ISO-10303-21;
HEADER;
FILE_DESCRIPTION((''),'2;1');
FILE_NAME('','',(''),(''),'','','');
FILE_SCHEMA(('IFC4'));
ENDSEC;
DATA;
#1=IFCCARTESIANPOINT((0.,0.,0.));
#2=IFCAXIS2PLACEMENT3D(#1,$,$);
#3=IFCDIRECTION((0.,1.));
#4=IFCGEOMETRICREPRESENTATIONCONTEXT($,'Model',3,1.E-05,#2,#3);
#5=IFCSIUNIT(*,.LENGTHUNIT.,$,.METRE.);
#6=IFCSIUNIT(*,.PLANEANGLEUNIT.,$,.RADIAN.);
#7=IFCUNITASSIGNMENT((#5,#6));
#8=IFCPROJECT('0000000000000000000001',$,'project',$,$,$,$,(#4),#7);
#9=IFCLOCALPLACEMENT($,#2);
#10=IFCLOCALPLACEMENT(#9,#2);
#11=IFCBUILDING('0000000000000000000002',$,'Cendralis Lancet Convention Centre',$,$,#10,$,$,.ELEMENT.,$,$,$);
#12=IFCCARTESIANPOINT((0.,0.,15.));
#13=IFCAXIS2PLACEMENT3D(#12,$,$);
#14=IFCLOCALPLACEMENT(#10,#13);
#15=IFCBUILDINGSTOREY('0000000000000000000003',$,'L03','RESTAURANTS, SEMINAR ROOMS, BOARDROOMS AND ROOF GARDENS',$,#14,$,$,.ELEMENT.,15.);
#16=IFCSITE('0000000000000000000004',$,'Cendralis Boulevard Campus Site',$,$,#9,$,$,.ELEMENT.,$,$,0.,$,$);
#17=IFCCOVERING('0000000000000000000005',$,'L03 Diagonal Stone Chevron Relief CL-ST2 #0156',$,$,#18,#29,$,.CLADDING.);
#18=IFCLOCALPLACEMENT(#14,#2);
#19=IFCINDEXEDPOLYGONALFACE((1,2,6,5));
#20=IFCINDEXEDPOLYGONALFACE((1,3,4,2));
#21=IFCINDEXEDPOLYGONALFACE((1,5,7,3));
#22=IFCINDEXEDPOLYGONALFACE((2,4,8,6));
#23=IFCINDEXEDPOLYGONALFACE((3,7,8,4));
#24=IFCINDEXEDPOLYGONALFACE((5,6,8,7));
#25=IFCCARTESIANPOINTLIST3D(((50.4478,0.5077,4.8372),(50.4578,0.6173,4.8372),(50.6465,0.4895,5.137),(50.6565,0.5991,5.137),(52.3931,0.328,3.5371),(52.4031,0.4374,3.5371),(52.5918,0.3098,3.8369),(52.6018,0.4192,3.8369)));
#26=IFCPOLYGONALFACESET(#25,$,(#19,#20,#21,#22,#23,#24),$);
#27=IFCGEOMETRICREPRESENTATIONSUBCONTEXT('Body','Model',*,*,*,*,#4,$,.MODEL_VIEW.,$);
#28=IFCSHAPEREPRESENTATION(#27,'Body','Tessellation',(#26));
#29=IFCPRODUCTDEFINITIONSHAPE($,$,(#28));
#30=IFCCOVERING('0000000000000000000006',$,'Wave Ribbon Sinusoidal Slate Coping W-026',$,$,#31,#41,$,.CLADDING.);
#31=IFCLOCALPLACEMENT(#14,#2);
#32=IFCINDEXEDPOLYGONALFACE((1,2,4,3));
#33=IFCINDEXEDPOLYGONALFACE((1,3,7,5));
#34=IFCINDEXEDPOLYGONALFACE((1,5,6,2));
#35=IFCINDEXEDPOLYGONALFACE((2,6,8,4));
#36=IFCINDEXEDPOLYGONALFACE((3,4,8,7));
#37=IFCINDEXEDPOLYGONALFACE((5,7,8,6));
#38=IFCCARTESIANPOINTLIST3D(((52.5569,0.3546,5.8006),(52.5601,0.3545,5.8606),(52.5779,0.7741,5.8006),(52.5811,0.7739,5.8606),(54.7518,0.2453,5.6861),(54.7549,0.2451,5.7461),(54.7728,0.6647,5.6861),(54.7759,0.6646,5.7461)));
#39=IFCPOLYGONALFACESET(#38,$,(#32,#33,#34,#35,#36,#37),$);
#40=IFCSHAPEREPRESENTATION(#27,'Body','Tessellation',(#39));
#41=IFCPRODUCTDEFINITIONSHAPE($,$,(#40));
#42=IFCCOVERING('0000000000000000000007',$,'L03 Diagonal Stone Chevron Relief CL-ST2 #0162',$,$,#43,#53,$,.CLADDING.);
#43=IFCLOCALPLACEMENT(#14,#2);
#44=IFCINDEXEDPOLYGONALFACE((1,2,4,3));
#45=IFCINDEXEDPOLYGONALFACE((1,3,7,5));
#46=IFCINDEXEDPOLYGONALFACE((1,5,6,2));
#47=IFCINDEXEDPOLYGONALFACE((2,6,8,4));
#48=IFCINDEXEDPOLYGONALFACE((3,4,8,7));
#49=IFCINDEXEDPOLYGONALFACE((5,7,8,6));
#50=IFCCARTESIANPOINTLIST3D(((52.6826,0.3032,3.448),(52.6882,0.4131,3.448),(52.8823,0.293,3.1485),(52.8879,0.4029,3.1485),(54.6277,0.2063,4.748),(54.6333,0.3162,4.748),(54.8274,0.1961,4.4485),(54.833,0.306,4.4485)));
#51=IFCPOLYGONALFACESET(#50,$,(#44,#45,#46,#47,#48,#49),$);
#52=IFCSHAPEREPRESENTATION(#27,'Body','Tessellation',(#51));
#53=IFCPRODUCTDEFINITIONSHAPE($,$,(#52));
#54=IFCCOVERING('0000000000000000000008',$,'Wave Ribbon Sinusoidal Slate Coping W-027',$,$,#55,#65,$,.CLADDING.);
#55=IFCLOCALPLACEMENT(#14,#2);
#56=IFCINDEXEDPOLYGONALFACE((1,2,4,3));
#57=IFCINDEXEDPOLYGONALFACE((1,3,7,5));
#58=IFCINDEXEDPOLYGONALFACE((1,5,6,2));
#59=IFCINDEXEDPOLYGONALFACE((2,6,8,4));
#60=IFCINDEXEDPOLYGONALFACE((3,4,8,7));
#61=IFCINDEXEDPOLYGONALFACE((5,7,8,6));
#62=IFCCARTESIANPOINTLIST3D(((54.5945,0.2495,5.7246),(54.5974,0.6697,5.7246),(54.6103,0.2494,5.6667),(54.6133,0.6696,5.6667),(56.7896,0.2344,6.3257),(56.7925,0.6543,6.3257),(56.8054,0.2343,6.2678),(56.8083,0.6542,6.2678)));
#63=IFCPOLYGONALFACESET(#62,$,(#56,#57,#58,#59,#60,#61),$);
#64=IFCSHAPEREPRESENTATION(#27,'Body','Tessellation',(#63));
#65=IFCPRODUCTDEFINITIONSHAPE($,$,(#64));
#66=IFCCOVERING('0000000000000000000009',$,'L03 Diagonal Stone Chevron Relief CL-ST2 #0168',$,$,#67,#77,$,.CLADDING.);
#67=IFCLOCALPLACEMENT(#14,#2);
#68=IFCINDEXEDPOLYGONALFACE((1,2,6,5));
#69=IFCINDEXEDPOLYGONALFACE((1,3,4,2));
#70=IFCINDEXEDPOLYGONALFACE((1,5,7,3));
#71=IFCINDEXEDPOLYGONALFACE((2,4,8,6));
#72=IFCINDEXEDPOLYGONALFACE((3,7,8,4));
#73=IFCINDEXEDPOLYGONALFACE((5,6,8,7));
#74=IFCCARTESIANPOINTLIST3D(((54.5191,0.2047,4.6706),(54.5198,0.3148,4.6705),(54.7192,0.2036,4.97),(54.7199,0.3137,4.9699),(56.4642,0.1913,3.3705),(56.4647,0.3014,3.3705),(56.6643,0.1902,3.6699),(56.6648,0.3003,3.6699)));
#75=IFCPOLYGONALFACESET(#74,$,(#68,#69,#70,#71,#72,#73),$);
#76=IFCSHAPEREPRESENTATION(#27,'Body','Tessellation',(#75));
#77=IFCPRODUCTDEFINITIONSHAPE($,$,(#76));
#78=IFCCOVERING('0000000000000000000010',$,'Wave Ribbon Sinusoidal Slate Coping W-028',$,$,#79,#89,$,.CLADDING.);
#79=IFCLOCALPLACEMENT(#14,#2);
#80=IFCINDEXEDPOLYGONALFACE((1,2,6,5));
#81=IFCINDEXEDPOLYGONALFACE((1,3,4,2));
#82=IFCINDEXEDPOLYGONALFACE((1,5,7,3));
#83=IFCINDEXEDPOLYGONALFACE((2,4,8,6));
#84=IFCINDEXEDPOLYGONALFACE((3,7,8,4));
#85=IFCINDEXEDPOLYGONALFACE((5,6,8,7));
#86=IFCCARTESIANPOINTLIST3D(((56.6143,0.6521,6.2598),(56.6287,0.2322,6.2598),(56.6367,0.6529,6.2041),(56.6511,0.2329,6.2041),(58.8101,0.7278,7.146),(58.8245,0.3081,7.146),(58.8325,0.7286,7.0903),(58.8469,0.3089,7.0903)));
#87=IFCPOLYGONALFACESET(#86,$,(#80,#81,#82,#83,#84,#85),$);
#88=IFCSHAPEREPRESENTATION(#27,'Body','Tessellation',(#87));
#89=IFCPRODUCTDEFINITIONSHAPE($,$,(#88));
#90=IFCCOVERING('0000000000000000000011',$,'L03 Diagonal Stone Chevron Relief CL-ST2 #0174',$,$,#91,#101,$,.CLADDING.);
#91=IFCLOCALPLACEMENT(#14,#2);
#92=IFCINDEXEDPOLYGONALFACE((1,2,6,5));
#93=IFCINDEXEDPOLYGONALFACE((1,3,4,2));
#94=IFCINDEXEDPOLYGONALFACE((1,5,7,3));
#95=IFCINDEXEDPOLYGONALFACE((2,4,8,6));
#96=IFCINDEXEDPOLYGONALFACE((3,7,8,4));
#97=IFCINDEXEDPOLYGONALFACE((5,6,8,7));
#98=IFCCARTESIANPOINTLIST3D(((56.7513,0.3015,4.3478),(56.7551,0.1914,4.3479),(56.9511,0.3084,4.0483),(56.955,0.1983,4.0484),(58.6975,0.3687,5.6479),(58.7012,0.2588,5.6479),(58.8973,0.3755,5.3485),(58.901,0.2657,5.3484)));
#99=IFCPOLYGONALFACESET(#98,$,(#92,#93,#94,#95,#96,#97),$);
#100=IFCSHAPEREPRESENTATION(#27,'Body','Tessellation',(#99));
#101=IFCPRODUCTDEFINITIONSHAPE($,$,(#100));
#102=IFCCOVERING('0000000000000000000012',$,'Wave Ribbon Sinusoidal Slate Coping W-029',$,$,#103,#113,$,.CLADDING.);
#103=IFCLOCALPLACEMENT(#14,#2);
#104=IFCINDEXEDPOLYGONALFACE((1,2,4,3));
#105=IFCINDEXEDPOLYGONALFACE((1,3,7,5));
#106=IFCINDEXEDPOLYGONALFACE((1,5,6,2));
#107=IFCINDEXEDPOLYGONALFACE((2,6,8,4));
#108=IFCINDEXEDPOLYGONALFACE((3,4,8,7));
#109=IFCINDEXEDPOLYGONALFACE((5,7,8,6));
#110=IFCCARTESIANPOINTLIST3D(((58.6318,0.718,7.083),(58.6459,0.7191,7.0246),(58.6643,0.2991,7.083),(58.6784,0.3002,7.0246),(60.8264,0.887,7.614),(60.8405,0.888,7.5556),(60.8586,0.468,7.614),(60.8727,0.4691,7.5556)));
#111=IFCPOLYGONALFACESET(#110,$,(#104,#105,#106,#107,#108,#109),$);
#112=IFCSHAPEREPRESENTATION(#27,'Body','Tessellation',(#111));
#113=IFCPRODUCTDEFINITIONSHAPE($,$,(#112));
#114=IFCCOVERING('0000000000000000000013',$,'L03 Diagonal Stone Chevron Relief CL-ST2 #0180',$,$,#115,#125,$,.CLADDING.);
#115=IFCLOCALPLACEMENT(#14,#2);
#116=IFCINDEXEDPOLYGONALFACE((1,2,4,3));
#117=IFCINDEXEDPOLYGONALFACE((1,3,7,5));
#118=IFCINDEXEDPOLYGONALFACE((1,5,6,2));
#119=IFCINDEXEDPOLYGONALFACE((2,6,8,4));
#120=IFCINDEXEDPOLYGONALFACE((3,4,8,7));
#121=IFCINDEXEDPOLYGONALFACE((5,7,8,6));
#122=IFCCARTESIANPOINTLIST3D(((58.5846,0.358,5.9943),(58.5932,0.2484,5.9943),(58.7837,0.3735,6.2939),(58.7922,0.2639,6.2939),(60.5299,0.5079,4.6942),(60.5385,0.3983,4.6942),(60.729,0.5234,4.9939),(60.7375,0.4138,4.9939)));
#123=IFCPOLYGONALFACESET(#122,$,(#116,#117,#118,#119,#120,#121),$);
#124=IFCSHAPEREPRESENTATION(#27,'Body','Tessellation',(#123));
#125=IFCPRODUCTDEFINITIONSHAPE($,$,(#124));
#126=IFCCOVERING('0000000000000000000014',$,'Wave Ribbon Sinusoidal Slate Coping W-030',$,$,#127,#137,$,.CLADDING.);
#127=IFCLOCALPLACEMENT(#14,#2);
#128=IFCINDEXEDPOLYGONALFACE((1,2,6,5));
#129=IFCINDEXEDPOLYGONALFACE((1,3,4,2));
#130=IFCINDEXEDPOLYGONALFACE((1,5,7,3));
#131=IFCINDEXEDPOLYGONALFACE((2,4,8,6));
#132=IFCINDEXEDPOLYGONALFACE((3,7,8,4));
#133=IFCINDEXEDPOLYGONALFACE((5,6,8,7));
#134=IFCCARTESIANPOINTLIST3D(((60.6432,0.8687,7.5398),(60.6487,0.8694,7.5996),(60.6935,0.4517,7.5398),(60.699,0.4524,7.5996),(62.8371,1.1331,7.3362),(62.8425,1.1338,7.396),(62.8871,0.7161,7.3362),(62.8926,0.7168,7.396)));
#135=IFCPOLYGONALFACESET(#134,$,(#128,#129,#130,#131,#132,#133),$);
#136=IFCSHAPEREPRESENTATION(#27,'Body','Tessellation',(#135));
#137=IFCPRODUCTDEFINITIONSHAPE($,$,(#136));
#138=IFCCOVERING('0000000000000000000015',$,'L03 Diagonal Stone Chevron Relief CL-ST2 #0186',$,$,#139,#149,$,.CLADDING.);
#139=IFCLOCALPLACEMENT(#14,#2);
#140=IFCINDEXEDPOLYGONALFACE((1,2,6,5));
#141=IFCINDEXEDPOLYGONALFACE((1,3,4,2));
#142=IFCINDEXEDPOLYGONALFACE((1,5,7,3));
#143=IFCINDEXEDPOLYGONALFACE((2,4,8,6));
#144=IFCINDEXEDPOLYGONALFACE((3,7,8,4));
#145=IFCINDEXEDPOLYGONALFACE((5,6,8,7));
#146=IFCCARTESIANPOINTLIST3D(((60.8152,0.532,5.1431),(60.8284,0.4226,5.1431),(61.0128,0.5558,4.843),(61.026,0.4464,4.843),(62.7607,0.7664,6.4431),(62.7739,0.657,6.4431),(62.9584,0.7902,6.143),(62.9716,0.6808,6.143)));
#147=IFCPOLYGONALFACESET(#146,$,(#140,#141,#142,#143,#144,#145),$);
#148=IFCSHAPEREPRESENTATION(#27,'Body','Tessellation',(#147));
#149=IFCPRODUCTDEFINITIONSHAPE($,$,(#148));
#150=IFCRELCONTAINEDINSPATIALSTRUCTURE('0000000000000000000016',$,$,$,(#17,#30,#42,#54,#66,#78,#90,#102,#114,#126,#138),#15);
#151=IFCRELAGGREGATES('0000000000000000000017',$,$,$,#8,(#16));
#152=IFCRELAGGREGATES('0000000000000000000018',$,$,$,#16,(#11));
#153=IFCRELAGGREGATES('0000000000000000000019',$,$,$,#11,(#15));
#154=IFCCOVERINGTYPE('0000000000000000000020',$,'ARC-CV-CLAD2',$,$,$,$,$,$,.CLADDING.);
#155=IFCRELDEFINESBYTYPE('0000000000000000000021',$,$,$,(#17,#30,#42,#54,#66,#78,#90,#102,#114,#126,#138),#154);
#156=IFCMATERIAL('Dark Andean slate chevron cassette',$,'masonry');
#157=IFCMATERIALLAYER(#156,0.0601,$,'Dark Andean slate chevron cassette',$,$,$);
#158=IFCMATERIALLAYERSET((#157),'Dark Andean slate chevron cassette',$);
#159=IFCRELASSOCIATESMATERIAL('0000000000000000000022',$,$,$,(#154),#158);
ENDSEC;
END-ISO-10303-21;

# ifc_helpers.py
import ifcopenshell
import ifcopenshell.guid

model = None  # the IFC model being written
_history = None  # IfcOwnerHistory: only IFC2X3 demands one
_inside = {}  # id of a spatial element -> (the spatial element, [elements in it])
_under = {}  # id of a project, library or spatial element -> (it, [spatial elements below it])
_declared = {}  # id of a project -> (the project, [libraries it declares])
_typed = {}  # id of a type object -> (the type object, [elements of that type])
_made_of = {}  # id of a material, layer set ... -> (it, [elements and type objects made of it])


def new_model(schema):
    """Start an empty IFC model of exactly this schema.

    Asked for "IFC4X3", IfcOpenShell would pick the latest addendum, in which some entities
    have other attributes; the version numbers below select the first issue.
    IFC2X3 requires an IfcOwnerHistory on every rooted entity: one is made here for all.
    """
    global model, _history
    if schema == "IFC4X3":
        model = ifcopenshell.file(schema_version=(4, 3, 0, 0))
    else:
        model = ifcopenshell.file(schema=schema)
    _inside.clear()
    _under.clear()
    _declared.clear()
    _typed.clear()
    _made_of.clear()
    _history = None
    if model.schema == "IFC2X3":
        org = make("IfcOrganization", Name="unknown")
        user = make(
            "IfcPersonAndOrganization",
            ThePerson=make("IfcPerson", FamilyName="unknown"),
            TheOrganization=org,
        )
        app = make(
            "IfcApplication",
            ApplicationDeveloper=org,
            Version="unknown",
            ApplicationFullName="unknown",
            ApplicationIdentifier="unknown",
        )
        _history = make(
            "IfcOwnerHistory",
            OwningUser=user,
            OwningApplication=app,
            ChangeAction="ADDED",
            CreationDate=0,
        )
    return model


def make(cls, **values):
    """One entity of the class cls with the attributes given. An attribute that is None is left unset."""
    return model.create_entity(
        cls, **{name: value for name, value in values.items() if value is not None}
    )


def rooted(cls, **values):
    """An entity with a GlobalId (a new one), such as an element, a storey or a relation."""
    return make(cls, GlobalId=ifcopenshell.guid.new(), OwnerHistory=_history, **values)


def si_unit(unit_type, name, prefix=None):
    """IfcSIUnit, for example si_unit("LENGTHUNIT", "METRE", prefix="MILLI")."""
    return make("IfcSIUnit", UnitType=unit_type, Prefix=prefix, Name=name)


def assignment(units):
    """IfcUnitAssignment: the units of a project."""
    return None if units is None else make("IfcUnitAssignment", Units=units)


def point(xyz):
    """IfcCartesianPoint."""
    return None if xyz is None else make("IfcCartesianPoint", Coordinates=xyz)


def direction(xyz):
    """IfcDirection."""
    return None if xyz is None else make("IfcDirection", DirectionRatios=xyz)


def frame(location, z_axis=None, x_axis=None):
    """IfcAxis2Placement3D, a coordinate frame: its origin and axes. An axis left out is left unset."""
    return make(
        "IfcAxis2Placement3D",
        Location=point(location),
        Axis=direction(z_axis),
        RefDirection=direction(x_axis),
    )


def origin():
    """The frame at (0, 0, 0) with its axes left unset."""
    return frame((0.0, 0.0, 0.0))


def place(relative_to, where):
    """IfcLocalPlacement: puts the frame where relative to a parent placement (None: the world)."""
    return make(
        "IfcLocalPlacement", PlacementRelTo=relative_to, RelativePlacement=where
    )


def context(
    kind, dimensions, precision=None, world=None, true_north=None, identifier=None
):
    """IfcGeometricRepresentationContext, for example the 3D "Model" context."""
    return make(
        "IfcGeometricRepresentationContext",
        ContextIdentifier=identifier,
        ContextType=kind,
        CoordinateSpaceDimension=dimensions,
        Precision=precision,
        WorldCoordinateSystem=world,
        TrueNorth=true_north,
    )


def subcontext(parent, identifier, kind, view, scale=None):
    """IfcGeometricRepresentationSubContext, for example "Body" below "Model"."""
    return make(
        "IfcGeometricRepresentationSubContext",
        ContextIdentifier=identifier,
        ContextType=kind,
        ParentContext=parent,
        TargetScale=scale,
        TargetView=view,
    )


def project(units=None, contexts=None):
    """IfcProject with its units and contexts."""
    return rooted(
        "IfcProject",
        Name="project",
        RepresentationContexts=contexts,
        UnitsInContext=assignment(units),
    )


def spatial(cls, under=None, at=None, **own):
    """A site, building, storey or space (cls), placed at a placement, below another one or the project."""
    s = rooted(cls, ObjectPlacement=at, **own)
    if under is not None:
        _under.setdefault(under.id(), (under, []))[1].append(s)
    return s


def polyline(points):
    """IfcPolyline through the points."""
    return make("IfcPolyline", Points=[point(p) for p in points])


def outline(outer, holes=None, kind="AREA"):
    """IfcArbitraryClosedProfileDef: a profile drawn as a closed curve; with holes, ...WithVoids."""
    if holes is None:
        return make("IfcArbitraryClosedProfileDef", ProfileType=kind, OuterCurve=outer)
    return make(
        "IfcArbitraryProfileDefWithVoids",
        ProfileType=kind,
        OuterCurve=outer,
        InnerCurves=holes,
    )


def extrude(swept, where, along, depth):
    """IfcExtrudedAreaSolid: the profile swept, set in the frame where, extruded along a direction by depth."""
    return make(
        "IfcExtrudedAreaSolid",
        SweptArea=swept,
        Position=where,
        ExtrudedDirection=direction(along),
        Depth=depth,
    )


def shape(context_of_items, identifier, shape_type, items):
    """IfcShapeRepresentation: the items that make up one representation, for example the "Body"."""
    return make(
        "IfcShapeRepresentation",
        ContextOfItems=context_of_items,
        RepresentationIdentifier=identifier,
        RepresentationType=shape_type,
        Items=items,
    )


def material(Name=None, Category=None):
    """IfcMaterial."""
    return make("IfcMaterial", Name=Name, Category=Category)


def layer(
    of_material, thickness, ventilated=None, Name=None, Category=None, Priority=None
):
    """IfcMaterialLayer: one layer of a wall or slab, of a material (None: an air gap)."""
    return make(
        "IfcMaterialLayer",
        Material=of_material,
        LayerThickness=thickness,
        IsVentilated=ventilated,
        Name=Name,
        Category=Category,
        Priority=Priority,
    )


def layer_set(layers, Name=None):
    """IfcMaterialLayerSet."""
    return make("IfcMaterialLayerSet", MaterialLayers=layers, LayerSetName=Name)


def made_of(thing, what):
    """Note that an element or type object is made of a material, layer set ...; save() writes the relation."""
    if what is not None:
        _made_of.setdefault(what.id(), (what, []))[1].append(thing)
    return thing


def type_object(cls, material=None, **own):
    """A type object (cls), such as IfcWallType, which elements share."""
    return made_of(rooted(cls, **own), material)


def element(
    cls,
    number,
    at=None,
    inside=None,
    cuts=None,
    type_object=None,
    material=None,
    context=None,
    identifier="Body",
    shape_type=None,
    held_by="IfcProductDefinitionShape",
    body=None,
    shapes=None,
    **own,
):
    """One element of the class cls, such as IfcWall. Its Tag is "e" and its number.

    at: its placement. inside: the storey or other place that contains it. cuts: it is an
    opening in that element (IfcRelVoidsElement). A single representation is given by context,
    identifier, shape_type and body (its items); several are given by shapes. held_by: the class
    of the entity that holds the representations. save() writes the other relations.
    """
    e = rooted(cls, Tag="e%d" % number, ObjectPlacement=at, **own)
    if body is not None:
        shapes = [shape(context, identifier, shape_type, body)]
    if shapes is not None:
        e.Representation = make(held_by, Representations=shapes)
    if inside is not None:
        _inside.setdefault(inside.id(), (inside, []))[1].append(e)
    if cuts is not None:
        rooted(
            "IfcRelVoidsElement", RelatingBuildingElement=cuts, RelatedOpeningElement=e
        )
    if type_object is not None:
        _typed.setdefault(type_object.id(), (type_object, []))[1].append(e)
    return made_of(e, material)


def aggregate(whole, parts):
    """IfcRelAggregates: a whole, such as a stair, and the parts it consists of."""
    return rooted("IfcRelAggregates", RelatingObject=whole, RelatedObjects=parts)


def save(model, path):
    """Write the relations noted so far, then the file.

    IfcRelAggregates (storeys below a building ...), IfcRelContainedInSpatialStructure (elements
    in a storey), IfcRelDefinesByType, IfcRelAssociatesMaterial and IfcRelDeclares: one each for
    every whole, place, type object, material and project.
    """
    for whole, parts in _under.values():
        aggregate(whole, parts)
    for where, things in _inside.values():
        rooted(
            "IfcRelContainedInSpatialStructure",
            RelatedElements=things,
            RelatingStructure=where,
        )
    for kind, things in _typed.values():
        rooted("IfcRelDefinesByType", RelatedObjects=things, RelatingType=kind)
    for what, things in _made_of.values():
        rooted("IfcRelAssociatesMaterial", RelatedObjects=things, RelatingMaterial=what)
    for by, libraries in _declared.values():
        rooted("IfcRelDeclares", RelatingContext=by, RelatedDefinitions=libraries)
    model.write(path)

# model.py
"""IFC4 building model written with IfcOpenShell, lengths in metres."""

from ifc_helpers import new_model, si_unit, direction, frame, origin, place, context, subcontext, project, spatial, polyline, outline, extrude, material, layer, layer_set, type_object, element, save


model = new_model("IFC4")

# Units and contexts
model_context = context("Model", 3, precision=1e-05, world=origin(), true_north=direction((0.0, 1.0)))
body_context = subcontext(model_context, "Body", "Model", "MODEL_VIEW")
ifc_project = project(units=[si_unit("LENGTHUNIT", "METRE"), si_unit("PLANEANGLEUNIT", "RADIAN")], contexts=[model_context])

# Site, building, storey
site_placement = place(None, origin())
site = spatial("IfcSite", under=ifc_project, at=site_placement, Name="Cendralis Boulevard Campus Site", CompositionType="ELEMENT", RefElevation=0.0)
building_placement = place(site_placement, origin())
building = spatial("IfcBuilding", under=site, at=building_placement, Name="Cendralis Lancet Convention Centre", CompositionType="ELEMENT")
storey_placement = place(building_placement, frame((0.0, 0.0, 15.0)))
storey = spatial("IfcBuildingStorey", under=building, at=storey_placement, Name="L03", Description="RESTAURANTS, SEMINAR ROOMS, BOARDROOMS AND ROOF GARDENS", CompositionType="ELEMENT", Elevation=15.0)

# Shared definitions
ifc_material_1 = material(Name="Dark Andean slate chevron cassette", Category="masonry")

# Coverings
ifc_layer_1 = layer(ifc_material_1, 0.0601, Name="Dark Andean slate chevron cassette")
ifc_layer_set_1 = layer_set([ifc_layer_1], Name="Dark Andean slate chevron cassette")
covering_type_1 = type_object("IfcCoveringType", Name="ARC-CV-CLAD2", PredefinedType="CLADDING", material=ifc_layer_set_1)
covering_1_placement = place(storey_placement, frame((50.6465, 0.4895, 5.137), z_axis=(0.551705, -0.050435, 0.832513), x_axis=(0.828984, -0.076573, -0.554005)))
element("IfcCovering", 1, at=covering_1_placement, inside=storey, type_object=covering_type_1, Name="L03 Diagonal Stone Chevron Relief CL-ST2 #0156", PredefinedType="CLADDING", context=body_context, shape_type="SweptSolid", body=[
    extrude(outline(polyline([(0.0, 0.0), (2.3466, 0.0), (2.3465, 0.1098), (-0.0001, 0.1101), (0.0, 0.0)])), origin(), (0.0, 0.0, -1.0), 0.3601),
])
covering_2_placement = place(storey_placement, frame((52.5601, 0.3545, 5.8606), z_axis=(0.051969, -0.002601, 0.998645), x_axis=(0.997408, -0.049704, -0.052034)))
element("IfcCovering", 2, at=covering_2_placement, inside=storey, type_object=covering_type_1, Name="Wave Ribbon Sinusoidal Slate Coping W-026", PredefinedType="CLADDING", context=body_context, shape_type="SweptSolid", body=[
    extrude(outline(polyline([(0.0, 0.0), (2.2005, 0.0), (2.2006, 0.42), (0.0001, 0.42), (0.0, 0.0)])), origin(), (0.0, 0.0, -1.0), 0.0601),
])
covering_3_placement = place(storey_placement, frame((52.6826, 0.3032, 3.448), z_axis=(-0.554487, 0.02834, 0.831709), x_axis=(0.830679, -0.041393, 0.555211)))
element("IfcCovering", 3, at=covering_3_placement, inside=storey, type_object=covering_type_1, Name="L03 Diagonal Stone Chevron Relief CL-ST2 #0162", PredefinedType="CLADDING", context=body_context, shape_type="SweptSolid", body=[
    extrude(outline(polyline([(0.0, 0.0), (2.3415, 0.0), (2.3417, 0.11), (0.0001, 0.11), (0.0, 0.0)])), origin(), (0.0, 0.0, -1.0), 0.3601),
])
covering_4_placement = place(storey_placement, frame((54.5945, 0.2495, 5.7246), z_axis=(-0.264094, 0.001842, 0.964495), x_axis=(0.964472, -0.006651, 0.264101)))
element("IfcCovering", 4, at=covering_4_placement, inside=storey, type_object=covering_type_1, Name="Wave Ribbon Sinusoidal Slate Coping W-027", PredefinedType="CLADDING", context=body_context, shape_type="SweptSolid", body=[
    extrude(outline(polyline([(0.0, 0.0), (2.2759, 0.0), (2.276, 0.4199), (0.0, 0.4202), (0.0, 0.0)])), origin(), (0.0, 0.0, -1.0), 0.0601),
])
covering_5_placement = place(storey_placement, frame((54.7192, 0.2036, 4.97), z_axis=(0.555694, -0.00308, 0.831381), x_axis=(0.831362, -0.005739, -0.555702)))
element("IfcCovering", 5, at=covering_5_placement, inside=storey, type_object=covering_type_1, Name="L03 Diagonal Stone Chevron Relief CL-ST2 #0168", PredefinedType="CLADDING", context=body_context, shape_type="SweptSolid", body=[
    extrude(outline(polyline([(0.0, 0.0), (2.3396, 0.0), (2.3393, 0.1101), (0.0, 0.1101), (0.0, 0.0)])), origin(), (0.0, 0.0, -1.0), 0.3601),
])
covering_6_placement = place(storey_placement, frame((56.6287, 0.2322, 6.2598), z_axis=(-0.373857, -0.012828, 0.927398), x_axis=(0.926844, 0.032049, 0.374077)))
element("IfcCovering", 6, at=covering_6_placement, inside=storey, type_object=covering_type_1, Name="Wave Ribbon Sinusoidal Slate Coping W-028", PredefinedType="CLADDING", context=body_context, shape_type="SweptSolid", body=[
    extrude(outline(polyline([(0.0, 0.0), (2.3691, 0.0), (2.3692, 0.4199), (0.0001, 0.4202), (0.0, 0.0)])), origin(), (0.0, 0.0, -1.0), 0.0601),
])
covering_7_placement = place(storey_placement, frame((56.7551, 0.1914, 4.3479), z_axis=(-0.554913, -0.019092, 0.831689), x_axis=(0.831191, 0.02878, 0.555241)))
element("IfcCovering", 7, at=covering_7_placement, inside=storey, type_object=covering_type_1, Name="L03 Diagonal Stone Chevron Relief CL-ST2 #0174", PredefinedType="CLADDING", context=body_context, shape_type="SweptSolid", body=[
    extrude(outline(polyline([(0.0, 0.0), (2.3413, 0.0), (2.3414, 0.1099), (-0.0001, 0.1102), (0.0, 0.0)])), origin(), (0.0, 0.0, -1.0), 0.3601),
])
covering_8_placement = place(storey_placement, frame((58.6643, 0.2991, 7.083), z_axis=(-0.233837, -0.018056, 0.972108), x_axis=(0.96924, 0.074623, 0.234533)))
element("IfcCovering", 8, at=covering_8_placement, inside=storey, type_object=covering_type_1, Name="Wave Ribbon Sinusoidal Slate Coping W-029", PredefinedType="CLADDING", context=body_context, shape_type="SweptSolid", body=[
    extrude(outline(polyline([(0.0, 0.0), (2.264, 0.0), (2.264, 0.4202), (-0.0002, 0.4202), (0.0, 0.0)])), origin(), (0.0, 0.0, -1.0), 0.0601),
])
covering_9_placement = place(storey_placement, frame((58.7922, 0.2639, 6.2939), z_axis=(0.552825, 0.043093, 0.832182), x_axis=(0.829723, 0.063937, -0.554502)))
element("IfcCovering", 9, at=covering_9_placement, inside=storey, type_object=covering_type_1, Name="L03 Diagonal Stone Chevron Relief CL-ST2 #0180", PredefinedType="CLADDING", context=body_context, shape_type="SweptSolid", body=[
    extrude(outline(polyline([(0.0, 0.0), (2.3445, 0.0), (2.3445, 0.11), (-0.0001, 0.11), (0.0, 0.0)])), origin(), (0.0, 0.0, -1.0), 0.3601),
])
covering_10_placement = place(storey_placement, frame((60.699, 0.4524, 7.5996), z_axis=(0.091103, 0.010961, 0.995781), x_axis=(0.988625, 0.119163, -0.091761)))
element("IfcCovering", 10, at=covering_10_placement, inside=storey, type_object=covering_type_1, Name="Wave Ribbon Sinusoidal Slate Coping W-030", PredefinedType="CLADDING", context=body_context, shape_type="SweptSolid", body=[
    extrude(outline(polyline([(0.0, 0.0), (2.2188, 0.0), (2.2191, 0.42), (0.0, 0.42), (0.0, 0.0)])), origin(), (0.0, 0.0, -1.0), 0.0601),
])
covering_11_placement = place(storey_placement, frame((60.8284, 0.4226, 5.1431), z_axis=(-0.548852, -0.066156, 0.833298), x_axis=(0.827316, 0.099664, 0.552825)))
element("IfcCovering", 11, at=covering_11_placement, inside=storey, type_object=covering_type_1, Name="L03 Diagonal Stone Chevron Relief CL-ST2 #0186", PredefinedType="CLADDING", context=body_context, shape_type="SweptSolid", body=[
    extrude(outline(polyline([(0.0, 0.0), (2.3516, 0.0), (2.3516, 0.1102), (0.0, 0.1102), (0.0, 0.0)])), origin(), (0.0, 0.0, -1.0), 0.3601),
])

save(model, "model.ifc")
